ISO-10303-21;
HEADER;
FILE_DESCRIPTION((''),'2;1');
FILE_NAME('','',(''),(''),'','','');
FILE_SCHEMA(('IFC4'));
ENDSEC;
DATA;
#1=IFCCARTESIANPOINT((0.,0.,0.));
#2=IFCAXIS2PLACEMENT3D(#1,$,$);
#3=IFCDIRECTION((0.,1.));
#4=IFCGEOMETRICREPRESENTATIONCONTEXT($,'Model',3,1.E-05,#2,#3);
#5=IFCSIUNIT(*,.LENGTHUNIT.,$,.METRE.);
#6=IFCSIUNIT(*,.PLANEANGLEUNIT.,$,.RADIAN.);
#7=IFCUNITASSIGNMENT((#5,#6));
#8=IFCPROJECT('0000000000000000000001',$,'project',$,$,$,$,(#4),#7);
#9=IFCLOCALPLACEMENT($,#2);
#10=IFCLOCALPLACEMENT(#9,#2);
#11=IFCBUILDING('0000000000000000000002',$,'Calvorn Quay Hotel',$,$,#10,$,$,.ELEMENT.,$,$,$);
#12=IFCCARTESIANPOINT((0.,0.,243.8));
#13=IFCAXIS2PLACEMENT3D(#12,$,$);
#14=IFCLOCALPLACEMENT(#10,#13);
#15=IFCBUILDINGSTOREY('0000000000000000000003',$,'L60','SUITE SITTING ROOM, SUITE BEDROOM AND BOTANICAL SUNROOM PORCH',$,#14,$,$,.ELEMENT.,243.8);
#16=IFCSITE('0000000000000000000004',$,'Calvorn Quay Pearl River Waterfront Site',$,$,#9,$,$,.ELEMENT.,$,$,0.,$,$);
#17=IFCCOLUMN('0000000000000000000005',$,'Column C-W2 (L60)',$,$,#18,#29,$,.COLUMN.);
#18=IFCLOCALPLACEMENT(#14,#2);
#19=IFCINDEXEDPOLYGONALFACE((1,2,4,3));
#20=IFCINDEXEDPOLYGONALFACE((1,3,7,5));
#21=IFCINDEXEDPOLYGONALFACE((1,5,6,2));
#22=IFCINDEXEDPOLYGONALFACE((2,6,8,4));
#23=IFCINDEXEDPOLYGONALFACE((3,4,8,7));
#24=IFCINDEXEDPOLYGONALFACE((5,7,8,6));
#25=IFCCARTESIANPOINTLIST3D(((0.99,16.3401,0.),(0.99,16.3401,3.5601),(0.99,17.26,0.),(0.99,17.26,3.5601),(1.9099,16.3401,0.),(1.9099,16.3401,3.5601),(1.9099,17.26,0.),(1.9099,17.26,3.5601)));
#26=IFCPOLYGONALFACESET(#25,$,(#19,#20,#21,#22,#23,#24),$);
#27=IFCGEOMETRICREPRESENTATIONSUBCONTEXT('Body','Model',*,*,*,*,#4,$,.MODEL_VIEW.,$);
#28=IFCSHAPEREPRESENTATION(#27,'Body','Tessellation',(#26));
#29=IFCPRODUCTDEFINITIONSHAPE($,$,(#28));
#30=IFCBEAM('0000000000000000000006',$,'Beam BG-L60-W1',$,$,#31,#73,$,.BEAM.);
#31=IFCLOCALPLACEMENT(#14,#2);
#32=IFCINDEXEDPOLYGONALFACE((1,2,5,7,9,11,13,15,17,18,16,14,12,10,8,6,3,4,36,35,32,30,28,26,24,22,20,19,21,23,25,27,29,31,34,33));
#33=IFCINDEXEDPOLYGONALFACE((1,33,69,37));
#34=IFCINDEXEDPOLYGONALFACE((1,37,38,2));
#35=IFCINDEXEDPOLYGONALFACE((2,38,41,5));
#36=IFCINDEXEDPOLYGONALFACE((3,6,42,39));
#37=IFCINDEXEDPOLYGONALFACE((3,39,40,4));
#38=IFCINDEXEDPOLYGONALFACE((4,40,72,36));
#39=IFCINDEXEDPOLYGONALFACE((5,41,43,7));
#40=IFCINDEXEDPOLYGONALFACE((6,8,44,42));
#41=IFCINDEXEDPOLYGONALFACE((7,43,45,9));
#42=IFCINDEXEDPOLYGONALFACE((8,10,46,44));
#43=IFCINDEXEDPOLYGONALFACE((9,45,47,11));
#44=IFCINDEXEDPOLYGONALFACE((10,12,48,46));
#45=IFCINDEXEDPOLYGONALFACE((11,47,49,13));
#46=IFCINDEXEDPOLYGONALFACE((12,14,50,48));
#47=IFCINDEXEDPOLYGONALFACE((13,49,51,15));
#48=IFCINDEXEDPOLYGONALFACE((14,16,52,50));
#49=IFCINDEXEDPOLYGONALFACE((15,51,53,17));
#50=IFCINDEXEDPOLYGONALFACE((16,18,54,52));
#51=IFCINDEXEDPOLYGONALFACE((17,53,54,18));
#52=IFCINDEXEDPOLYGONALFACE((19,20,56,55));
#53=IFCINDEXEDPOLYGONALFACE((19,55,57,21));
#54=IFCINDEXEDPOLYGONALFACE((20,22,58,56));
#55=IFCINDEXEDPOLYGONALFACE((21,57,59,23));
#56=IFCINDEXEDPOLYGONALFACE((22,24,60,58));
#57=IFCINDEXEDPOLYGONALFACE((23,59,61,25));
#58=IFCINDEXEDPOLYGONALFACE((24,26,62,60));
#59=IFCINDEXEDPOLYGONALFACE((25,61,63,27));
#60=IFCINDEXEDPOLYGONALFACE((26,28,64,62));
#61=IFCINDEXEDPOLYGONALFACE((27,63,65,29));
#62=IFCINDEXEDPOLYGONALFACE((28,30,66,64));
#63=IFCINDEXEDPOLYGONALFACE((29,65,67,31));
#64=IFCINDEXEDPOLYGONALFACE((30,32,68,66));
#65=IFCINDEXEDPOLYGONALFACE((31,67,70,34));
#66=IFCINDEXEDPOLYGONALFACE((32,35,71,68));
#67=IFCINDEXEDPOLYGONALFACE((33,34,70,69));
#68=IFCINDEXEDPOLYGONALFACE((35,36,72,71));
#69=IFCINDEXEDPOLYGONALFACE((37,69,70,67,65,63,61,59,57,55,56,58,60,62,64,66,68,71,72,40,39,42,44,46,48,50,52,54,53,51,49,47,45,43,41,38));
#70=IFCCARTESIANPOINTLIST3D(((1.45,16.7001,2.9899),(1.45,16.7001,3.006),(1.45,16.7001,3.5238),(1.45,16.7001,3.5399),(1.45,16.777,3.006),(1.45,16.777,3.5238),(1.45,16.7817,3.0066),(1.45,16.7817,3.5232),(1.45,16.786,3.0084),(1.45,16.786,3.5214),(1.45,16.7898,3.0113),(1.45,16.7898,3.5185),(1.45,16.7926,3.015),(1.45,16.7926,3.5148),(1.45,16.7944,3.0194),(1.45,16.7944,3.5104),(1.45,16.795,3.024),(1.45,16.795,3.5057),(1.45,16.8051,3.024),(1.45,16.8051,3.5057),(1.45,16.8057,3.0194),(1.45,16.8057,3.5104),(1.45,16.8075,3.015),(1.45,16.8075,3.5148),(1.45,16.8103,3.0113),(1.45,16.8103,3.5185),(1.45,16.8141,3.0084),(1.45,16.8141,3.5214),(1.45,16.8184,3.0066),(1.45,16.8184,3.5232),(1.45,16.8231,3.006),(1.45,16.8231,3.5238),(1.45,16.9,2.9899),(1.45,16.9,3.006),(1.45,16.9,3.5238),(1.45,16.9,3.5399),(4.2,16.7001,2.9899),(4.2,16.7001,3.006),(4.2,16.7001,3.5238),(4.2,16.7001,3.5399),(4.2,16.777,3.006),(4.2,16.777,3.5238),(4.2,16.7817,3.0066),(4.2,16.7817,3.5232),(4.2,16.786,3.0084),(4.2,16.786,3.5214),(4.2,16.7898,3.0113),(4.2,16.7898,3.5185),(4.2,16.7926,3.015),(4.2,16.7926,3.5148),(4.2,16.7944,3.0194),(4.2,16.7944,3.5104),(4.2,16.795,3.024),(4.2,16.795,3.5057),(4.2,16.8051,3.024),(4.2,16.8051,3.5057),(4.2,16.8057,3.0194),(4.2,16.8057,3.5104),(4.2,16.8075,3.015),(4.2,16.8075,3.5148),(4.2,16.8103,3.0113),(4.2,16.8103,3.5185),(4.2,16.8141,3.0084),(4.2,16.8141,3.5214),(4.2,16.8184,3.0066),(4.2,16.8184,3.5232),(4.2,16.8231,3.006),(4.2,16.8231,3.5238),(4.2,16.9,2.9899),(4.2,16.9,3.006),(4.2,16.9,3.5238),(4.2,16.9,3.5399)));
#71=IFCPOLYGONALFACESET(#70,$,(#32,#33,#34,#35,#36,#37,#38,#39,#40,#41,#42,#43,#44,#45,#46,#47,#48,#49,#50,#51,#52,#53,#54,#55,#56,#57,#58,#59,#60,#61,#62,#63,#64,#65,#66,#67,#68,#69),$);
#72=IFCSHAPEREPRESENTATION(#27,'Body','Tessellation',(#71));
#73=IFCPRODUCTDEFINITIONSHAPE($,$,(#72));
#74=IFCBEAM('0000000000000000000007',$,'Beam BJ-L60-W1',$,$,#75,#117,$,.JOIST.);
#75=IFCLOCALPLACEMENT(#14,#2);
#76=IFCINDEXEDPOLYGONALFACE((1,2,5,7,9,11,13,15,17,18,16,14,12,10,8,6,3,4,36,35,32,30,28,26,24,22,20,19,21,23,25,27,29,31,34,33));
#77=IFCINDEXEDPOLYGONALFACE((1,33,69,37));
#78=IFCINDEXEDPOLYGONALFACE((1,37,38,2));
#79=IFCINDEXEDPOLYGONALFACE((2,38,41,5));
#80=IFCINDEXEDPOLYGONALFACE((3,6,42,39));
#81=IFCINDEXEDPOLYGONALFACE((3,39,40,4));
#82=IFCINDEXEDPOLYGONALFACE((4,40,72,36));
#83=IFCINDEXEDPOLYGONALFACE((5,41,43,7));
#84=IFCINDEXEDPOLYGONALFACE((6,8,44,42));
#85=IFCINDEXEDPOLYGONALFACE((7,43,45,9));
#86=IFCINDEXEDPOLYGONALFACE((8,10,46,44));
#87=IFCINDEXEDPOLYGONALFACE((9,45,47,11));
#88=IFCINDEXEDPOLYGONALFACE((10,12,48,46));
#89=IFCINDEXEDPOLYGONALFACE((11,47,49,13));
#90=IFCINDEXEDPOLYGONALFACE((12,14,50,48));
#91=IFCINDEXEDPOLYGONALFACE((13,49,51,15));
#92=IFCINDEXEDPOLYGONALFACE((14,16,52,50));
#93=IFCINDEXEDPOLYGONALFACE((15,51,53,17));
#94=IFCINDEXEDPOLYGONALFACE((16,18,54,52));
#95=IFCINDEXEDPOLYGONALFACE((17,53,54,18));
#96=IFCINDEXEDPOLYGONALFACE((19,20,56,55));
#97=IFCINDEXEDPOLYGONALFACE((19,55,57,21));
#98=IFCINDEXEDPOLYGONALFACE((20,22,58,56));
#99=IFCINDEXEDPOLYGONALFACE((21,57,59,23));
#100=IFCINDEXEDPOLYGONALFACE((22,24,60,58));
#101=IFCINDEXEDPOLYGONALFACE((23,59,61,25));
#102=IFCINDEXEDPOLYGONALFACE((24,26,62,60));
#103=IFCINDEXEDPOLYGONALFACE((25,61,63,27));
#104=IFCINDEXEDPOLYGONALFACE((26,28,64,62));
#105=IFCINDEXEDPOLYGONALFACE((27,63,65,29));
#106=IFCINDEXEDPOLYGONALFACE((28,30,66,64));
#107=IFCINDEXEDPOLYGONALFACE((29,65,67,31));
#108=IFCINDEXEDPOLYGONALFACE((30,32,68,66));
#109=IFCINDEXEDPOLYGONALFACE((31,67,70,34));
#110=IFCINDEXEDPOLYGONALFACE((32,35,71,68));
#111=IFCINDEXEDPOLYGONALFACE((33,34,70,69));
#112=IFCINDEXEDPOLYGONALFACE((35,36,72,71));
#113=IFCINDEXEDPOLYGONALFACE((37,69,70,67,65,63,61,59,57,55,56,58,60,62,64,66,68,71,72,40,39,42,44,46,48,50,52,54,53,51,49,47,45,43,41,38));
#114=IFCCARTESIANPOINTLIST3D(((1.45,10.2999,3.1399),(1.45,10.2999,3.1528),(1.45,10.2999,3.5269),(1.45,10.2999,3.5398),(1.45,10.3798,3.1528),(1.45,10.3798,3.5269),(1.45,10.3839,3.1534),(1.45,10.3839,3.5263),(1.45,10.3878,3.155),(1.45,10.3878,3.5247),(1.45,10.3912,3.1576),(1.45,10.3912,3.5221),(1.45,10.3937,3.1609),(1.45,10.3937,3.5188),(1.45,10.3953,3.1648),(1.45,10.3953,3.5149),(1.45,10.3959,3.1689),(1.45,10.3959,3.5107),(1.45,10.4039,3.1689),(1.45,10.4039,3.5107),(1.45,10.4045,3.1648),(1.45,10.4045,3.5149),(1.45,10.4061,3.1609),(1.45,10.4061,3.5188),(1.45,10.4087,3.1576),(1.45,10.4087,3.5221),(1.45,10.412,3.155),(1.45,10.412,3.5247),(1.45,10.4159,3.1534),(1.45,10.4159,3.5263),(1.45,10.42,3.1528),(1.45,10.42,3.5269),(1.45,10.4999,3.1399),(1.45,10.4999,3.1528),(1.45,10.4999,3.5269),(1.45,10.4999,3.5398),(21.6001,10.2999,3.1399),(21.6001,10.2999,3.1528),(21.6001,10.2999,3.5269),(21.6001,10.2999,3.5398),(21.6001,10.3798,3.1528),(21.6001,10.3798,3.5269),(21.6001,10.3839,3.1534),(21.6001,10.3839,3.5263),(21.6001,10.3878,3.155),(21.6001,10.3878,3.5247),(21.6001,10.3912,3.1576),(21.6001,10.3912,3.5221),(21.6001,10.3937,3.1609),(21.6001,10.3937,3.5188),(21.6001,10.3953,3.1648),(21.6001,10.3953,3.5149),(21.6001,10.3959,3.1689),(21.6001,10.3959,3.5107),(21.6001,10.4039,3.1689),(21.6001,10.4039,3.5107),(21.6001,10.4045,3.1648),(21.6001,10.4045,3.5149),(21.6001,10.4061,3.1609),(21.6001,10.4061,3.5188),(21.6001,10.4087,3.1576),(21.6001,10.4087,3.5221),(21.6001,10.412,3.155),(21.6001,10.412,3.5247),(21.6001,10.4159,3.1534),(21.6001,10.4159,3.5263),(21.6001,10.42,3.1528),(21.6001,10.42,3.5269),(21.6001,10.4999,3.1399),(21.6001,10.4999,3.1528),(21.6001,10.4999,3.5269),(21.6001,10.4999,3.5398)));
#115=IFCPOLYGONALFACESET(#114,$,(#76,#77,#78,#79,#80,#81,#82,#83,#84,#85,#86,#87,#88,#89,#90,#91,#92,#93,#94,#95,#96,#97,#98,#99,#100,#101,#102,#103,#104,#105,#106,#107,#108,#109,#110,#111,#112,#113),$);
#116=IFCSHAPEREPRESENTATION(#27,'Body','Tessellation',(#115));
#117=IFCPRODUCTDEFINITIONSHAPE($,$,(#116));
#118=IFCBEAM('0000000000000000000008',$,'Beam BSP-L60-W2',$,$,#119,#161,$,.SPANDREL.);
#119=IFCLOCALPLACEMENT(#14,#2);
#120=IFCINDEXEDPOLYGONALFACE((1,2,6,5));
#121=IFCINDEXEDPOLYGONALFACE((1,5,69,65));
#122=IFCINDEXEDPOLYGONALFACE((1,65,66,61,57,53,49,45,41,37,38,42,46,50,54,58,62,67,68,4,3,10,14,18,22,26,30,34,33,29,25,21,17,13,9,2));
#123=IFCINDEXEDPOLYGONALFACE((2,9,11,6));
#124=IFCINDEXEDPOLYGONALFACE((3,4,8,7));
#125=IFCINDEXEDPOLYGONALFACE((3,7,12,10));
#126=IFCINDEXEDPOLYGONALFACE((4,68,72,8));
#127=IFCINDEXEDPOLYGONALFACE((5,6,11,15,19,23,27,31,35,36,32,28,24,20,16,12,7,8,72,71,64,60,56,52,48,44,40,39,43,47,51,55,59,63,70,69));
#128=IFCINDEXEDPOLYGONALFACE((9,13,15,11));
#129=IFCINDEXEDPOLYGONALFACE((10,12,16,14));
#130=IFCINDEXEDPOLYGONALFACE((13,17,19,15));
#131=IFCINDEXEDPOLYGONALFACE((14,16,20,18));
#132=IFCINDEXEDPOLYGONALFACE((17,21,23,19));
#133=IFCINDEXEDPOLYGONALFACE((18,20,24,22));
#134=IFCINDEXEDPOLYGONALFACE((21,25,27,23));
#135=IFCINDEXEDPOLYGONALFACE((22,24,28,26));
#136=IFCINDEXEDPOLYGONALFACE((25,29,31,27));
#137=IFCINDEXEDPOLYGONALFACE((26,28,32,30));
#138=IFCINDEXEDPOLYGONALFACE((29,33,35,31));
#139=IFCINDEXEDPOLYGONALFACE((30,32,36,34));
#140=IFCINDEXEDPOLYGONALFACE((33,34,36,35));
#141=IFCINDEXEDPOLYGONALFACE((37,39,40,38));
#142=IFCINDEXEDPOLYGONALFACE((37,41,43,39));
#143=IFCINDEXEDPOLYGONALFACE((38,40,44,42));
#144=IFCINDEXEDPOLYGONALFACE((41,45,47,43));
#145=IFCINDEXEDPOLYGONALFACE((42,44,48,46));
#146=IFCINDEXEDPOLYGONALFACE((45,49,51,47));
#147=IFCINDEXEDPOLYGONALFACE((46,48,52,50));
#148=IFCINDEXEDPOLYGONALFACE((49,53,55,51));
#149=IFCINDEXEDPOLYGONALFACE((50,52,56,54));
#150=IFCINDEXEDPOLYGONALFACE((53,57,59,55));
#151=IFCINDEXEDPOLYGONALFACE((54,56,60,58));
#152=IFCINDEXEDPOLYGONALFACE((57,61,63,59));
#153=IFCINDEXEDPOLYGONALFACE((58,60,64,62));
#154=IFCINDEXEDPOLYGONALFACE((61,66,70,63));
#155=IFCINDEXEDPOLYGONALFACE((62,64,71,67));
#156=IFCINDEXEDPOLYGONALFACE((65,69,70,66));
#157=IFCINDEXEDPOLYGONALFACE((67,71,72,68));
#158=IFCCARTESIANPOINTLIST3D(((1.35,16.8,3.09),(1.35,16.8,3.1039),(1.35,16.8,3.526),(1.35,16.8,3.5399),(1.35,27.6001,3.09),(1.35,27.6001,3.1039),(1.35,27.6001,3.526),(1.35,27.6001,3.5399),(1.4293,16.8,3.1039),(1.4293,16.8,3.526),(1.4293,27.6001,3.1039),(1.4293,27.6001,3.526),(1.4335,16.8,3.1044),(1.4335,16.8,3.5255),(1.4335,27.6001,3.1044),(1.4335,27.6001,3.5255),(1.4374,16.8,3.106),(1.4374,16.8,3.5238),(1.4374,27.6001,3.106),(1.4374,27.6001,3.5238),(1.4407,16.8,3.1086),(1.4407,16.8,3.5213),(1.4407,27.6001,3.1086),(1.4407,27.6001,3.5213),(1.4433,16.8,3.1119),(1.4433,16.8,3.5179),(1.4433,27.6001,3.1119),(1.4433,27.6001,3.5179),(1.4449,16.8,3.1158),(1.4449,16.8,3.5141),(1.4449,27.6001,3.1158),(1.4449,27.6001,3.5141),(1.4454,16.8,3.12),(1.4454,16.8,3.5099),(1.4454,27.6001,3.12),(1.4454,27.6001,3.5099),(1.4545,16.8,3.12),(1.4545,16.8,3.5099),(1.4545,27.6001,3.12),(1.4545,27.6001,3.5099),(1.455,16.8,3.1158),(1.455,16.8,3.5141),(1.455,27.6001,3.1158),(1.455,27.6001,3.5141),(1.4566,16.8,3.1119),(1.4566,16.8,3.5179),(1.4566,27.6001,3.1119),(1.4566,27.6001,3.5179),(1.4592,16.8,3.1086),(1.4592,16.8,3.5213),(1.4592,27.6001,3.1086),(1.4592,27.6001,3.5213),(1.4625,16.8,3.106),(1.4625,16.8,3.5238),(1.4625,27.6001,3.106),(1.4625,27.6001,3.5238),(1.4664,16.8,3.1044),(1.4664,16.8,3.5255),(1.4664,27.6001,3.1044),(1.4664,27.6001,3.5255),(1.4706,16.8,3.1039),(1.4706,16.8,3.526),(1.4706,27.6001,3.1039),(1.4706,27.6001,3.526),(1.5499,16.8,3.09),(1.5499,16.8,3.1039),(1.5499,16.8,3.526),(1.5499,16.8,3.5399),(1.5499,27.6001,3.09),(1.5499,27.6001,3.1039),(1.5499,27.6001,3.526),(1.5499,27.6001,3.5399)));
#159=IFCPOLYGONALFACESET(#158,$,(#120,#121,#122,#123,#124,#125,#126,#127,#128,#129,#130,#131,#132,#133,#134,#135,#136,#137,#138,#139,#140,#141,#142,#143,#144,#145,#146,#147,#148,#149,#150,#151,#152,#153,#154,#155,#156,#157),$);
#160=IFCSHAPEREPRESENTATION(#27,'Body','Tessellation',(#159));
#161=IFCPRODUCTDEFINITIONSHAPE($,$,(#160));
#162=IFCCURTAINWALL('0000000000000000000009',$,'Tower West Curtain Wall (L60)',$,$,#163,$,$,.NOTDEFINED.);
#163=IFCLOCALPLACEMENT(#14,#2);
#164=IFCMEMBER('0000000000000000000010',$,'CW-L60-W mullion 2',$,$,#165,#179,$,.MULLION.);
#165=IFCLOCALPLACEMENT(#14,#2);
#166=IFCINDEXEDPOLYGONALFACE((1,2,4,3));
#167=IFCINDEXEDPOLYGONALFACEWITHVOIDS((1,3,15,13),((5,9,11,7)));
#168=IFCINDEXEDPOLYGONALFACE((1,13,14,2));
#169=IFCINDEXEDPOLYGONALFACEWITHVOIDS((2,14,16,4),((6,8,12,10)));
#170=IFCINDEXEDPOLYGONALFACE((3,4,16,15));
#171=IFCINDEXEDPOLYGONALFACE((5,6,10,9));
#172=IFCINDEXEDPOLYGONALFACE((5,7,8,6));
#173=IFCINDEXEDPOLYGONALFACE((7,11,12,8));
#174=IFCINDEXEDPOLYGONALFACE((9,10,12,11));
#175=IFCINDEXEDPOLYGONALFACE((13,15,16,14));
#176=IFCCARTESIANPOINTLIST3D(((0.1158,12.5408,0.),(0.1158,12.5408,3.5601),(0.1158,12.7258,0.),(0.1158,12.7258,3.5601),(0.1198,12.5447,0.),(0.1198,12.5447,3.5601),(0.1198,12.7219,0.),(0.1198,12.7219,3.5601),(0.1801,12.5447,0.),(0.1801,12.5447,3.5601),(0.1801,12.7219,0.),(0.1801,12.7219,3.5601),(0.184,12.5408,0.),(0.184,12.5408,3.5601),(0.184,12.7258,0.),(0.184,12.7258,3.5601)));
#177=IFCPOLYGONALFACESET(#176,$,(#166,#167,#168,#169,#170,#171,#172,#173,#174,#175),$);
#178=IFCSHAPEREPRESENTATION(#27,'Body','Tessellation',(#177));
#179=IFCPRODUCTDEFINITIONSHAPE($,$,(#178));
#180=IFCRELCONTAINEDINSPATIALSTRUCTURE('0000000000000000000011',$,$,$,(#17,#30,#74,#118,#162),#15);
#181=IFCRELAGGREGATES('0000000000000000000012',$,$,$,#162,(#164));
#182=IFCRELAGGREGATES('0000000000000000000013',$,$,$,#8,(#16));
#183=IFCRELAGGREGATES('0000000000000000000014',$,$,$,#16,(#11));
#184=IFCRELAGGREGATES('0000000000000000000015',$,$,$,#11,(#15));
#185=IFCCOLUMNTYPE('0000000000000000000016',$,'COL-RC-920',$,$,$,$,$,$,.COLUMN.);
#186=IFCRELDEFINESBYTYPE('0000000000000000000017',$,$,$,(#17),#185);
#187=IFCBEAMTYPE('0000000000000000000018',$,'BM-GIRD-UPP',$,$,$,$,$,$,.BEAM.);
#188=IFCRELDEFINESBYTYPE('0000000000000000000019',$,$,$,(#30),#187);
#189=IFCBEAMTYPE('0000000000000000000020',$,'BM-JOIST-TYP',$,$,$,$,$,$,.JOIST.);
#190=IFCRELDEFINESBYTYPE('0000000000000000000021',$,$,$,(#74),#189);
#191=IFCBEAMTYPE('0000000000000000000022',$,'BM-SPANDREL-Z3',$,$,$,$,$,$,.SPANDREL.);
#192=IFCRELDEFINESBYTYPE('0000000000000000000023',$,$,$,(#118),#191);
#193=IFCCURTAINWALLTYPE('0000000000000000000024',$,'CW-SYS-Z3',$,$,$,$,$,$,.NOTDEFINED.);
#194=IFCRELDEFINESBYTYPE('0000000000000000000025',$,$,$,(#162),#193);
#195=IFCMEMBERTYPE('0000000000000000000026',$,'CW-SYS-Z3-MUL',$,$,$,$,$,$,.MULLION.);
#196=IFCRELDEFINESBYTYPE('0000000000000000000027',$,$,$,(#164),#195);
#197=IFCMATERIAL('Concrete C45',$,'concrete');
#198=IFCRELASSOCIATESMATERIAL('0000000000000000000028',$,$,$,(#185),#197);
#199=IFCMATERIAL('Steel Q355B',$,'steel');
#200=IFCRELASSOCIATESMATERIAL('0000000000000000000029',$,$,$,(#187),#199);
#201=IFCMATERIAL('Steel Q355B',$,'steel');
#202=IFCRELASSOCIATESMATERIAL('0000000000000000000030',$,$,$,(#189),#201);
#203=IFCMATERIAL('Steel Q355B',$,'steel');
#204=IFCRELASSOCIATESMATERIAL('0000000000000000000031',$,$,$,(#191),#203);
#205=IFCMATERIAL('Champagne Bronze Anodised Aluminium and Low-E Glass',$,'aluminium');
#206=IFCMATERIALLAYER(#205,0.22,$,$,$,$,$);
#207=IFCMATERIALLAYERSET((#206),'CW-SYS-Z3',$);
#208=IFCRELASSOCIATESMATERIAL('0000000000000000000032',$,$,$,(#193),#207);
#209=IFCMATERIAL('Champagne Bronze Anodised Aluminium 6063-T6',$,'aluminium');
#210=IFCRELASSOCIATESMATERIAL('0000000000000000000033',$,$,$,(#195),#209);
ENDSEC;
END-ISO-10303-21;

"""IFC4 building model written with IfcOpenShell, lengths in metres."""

from ifc_helpers import new_model, si_unit, direction, frame, origin, origin_2d, place, context, subcontext, project, spatial, rectangle, hollow_rectangle, i_section, extrude, material, layer, layer_set, material_profile, profile_set, type_object, element, aggregate, save


model = new_model("IFC4")

# Units and contexts
model_context = context("Model", 3, precision=1e-05, world=origin(), true_north=direction((0.0, 1.0)))
body_context = subcontext(model_context, "Body", "Model", "MODEL_VIEW")
ifc_project = project(units=[si_unit("LENGTHUNIT", "METRE"), si_unit("PLANEANGLEUNIT", "RADIAN")], contexts=[model_context])

# Site, building, storey
site_placement = place(None, origin())
site = spatial("IfcSite", under=ifc_project, at=site_placement, Name="Calvorn Quay Pearl River Waterfront Site", CompositionType="ELEMENT", RefElevation=0.0)
building_placement = place(site_placement, origin())
building = spatial("IfcBuilding", under=site, at=building_placement, Name="Calvorn Quay Hotel", CompositionType="ELEMENT")
storey_placement = place(building_placement, frame((0.0, 0.0, 243.8)))
storey = spatial("IfcBuildingStorey", under=building, at=storey_placement, Name="L60", Description="SUITE SITTING ROOM, SUITE BEDROOM AND BOTANICAL SUNROOM PORCH", CompositionType="ELEMENT", Elevation=243.8)

# Column
ifc_material_1 = material(Name="Concrete C45", Category="concrete")
ifc_material_profile_1 = material_profile(ifc_material_1, rectangle(XDim=0.9199, YDim=0.9199, at=origin_2d()), Name="RC920x920")
ifc_profile_set_1 = profile_set([ifc_material_profile_1], Name="Concrete C45")
column_type = type_object("IfcColumnType", Name="COL-RC-920", PredefinedType="COLUMN", material=ifc_profile_set_1)
column_placement = place(storey_placement, frame((1.45, 16.8, 0.0), z_axis=(0.0, 0.0, 1.0), x_axis=(1.0, 0.0, 0.0)))
element("IfcColumn", 1, at=column_placement, inside=storey, type_object=column_type, Name="Column C-W2 (L60)", PredefinedType="COLUMN", context=body_context, shape_type="SweptSolid", body=[
    extrude(rectangle(XDim=0.9199, YDim=0.9199, at=origin_2d()), origin(), (0.0, 0.0, 1.0), 3.5601),
])

# Beams
ifc_material_2 = material(Name="Steel Q355B", Category="steel")
ifc_material_profile_2 = material_profile(ifc_material_2, i_section(OverallWidth=0.2, OverallDepth=0.55, WebThickness=0.01, FlangeThickness=0.0161, FilletRadius=0.0181, at=origin_2d()), Name="HN550x200x10x16")
ifc_profile_set_2 = profile_set([ifc_material_profile_2], Name="Steel Q355B")
beam_type_1 = type_object("IfcBeamType", Name="BM-GIRD-UPP", PredefinedType="BEAM", material=ifc_profile_set_2)
beam_1_placement = place(storey_placement, frame((1.45, 16.8, 3.2649), z_axis=(1.0, 0.0, 0.0), x_axis=(0.0, 1.0, 0.0)))
element("IfcBeam", 2, at=beam_1_placement, inside=storey, type_object=beam_type_1, Name="Beam BG-L60-W1", PredefinedType="BEAM", context=body_context, shape_type="SweptSolid", body=[
    extrude(i_section(OverallWidth=0.2, OverallDepth=0.55, WebThickness=0.01, FlangeThickness=0.0161, FilletRadius=0.0181, at=origin_2d()), origin(), (0.0, 0.0, 1.0), 2.75),
])
ifc_material_3 = material(Name="Steel Q355B", Category="steel")
ifc_material_profile_3 = material_profile(ifc_material_3, i_section(OverallWidth=0.2, OverallDepth=0.3999, WebThickness=0.0081, FlangeThickness=0.0129, FilletRadius=0.0161, at=origin_2d()), Name="HN400x200x8x13")
ifc_profile_set_3 = profile_set([ifc_material_profile_3], Name="Steel Q355B")
beam_type_2 = type_object("IfcBeamType", Name="BM-JOIST-TYP", PredefinedType="JOIST", material=ifc_profile_set_3)
beam_2_placement = place(storey_placement, frame((1.45, 10.3999, 3.3398), z_axis=(1.0, 0.0, 0.0), x_axis=(0.0, 1.0, 0.0)))
element("IfcBeam", 3, at=beam_2_placement, inside=storey, type_object=beam_type_2, Name="Beam BJ-L60-W1", PredefinedType="JOIST", context=body_context, shape_type="SweptSolid", body=[
    extrude(i_section(OverallWidth=0.2, OverallDepth=0.3999, WebThickness=0.0081, FlangeThickness=0.0129, FilletRadius=0.0161, at=origin_2d()), origin(), (0.0, 0.0, 1.0), 20.1501),
])
ifc_material_4 = material(Name="Steel Q355B", Category="steel")
ifc_material_profile_4 = material_profile(ifc_material_4, i_section(OverallWidth=0.2, OverallDepth=0.45, WebThickness=0.009, FlangeThickness=0.0139, FilletRadius=0.0161, at=origin_2d()), Name="HN450x200x9x14")
ifc_profile_set_4 = profile_set([ifc_material_profile_4], Name="Steel Q355B")
beam_type_3 = type_object("IfcBeamType", Name="BM-SPANDREL-Z3", PredefinedType="SPANDREL", material=ifc_profile_set_4)
beam_3_placement = place(storey_placement, frame((1.45, 16.8, 3.3149), z_axis=(0.0, 1.0, 0.0), x_axis=(-1.0, 0.0, 0.0)))
element("IfcBeam", 4, at=beam_3_placement, inside=storey, type_object=beam_type_3, Name="Beam BSP-L60-W2", PredefinedType="SPANDREL", context=body_context, shape_type="SweptSolid", body=[
    extrude(i_section(OverallWidth=0.2, OverallDepth=0.45, WebThickness=0.009, FlangeThickness=0.0139, FilletRadius=0.0161, at=origin_2d()), origin(), (0.0, 0.0, 1.0), 10.8),
])

# Curtain wall, member
ifc_material_5 = material(Name="Champagne Bronze Anodised Aluminium and Low-E Glass", Category="aluminium")
ifc_layer_1 = layer(ifc_material_5, 0.22)
ifc_layer_set_1 = layer_set([ifc_layer_1], Name="CW-SYS-Z3")
curtain_wall_type = type_object("IfcCurtainWallType", Name="CW-SYS-Z3", PredefinedType="NOTDEFINED", material=ifc_layer_set_1)
curtain_wall_placement = place(storey_placement, origin())
curtain_wall = element("IfcCurtainWall", 5, at=curtain_wall_placement, inside=storey, type_object=curtain_wall_type, Name="Tower West Curtain Wall (L60)", PredefinedType="NOTDEFINED")
ifc_material_6 = material(Name="Champagne Bronze Anodised Aluminium 6063-T6", Category="aluminium")
ifc_material_profile_5 = material_profile(ifc_material_6, hollow_rectangle(XDim=0.0681, YDim=0.1851, WallThickness=0.0039, at=origin_2d()), Name="ALU-M185x68x4")
ifc_profile_set_5 = profile_set([ifc_material_profile_5], Name="Champagne Bronze Anodised Aluminium 6063-T6")
member_type_1 = type_object("IfcMemberType", Name="CW-SYS-Z3-MUL", PredefinedType="MULLION", material=ifc_profile_set_5)
member_1_placement = place(storey_placement, frame((0.1499, 12.6333, 0.0), z_axis=(0.0, 0.0, 1.0), x_axis=(-1.0, 0.0, 0.0)))
member_1 = element("IfcMember", 6, at=member_1_placement, type_object=member_type_1, Name="CW-L60-W mullion 2", PredefinedType="MULLION", context=body_context, shape_type="SweptSolid", body=[
    extrude(hollow_rectangle(XDim=0.0681, YDim=0.1851, WallThickness=0.0039, at=origin_2d()), origin(), (0.0, 0.0, 1.0), 3.5601),
])
aggregate(curtain_wall, [member_1])

save(model, "model.ifc")
